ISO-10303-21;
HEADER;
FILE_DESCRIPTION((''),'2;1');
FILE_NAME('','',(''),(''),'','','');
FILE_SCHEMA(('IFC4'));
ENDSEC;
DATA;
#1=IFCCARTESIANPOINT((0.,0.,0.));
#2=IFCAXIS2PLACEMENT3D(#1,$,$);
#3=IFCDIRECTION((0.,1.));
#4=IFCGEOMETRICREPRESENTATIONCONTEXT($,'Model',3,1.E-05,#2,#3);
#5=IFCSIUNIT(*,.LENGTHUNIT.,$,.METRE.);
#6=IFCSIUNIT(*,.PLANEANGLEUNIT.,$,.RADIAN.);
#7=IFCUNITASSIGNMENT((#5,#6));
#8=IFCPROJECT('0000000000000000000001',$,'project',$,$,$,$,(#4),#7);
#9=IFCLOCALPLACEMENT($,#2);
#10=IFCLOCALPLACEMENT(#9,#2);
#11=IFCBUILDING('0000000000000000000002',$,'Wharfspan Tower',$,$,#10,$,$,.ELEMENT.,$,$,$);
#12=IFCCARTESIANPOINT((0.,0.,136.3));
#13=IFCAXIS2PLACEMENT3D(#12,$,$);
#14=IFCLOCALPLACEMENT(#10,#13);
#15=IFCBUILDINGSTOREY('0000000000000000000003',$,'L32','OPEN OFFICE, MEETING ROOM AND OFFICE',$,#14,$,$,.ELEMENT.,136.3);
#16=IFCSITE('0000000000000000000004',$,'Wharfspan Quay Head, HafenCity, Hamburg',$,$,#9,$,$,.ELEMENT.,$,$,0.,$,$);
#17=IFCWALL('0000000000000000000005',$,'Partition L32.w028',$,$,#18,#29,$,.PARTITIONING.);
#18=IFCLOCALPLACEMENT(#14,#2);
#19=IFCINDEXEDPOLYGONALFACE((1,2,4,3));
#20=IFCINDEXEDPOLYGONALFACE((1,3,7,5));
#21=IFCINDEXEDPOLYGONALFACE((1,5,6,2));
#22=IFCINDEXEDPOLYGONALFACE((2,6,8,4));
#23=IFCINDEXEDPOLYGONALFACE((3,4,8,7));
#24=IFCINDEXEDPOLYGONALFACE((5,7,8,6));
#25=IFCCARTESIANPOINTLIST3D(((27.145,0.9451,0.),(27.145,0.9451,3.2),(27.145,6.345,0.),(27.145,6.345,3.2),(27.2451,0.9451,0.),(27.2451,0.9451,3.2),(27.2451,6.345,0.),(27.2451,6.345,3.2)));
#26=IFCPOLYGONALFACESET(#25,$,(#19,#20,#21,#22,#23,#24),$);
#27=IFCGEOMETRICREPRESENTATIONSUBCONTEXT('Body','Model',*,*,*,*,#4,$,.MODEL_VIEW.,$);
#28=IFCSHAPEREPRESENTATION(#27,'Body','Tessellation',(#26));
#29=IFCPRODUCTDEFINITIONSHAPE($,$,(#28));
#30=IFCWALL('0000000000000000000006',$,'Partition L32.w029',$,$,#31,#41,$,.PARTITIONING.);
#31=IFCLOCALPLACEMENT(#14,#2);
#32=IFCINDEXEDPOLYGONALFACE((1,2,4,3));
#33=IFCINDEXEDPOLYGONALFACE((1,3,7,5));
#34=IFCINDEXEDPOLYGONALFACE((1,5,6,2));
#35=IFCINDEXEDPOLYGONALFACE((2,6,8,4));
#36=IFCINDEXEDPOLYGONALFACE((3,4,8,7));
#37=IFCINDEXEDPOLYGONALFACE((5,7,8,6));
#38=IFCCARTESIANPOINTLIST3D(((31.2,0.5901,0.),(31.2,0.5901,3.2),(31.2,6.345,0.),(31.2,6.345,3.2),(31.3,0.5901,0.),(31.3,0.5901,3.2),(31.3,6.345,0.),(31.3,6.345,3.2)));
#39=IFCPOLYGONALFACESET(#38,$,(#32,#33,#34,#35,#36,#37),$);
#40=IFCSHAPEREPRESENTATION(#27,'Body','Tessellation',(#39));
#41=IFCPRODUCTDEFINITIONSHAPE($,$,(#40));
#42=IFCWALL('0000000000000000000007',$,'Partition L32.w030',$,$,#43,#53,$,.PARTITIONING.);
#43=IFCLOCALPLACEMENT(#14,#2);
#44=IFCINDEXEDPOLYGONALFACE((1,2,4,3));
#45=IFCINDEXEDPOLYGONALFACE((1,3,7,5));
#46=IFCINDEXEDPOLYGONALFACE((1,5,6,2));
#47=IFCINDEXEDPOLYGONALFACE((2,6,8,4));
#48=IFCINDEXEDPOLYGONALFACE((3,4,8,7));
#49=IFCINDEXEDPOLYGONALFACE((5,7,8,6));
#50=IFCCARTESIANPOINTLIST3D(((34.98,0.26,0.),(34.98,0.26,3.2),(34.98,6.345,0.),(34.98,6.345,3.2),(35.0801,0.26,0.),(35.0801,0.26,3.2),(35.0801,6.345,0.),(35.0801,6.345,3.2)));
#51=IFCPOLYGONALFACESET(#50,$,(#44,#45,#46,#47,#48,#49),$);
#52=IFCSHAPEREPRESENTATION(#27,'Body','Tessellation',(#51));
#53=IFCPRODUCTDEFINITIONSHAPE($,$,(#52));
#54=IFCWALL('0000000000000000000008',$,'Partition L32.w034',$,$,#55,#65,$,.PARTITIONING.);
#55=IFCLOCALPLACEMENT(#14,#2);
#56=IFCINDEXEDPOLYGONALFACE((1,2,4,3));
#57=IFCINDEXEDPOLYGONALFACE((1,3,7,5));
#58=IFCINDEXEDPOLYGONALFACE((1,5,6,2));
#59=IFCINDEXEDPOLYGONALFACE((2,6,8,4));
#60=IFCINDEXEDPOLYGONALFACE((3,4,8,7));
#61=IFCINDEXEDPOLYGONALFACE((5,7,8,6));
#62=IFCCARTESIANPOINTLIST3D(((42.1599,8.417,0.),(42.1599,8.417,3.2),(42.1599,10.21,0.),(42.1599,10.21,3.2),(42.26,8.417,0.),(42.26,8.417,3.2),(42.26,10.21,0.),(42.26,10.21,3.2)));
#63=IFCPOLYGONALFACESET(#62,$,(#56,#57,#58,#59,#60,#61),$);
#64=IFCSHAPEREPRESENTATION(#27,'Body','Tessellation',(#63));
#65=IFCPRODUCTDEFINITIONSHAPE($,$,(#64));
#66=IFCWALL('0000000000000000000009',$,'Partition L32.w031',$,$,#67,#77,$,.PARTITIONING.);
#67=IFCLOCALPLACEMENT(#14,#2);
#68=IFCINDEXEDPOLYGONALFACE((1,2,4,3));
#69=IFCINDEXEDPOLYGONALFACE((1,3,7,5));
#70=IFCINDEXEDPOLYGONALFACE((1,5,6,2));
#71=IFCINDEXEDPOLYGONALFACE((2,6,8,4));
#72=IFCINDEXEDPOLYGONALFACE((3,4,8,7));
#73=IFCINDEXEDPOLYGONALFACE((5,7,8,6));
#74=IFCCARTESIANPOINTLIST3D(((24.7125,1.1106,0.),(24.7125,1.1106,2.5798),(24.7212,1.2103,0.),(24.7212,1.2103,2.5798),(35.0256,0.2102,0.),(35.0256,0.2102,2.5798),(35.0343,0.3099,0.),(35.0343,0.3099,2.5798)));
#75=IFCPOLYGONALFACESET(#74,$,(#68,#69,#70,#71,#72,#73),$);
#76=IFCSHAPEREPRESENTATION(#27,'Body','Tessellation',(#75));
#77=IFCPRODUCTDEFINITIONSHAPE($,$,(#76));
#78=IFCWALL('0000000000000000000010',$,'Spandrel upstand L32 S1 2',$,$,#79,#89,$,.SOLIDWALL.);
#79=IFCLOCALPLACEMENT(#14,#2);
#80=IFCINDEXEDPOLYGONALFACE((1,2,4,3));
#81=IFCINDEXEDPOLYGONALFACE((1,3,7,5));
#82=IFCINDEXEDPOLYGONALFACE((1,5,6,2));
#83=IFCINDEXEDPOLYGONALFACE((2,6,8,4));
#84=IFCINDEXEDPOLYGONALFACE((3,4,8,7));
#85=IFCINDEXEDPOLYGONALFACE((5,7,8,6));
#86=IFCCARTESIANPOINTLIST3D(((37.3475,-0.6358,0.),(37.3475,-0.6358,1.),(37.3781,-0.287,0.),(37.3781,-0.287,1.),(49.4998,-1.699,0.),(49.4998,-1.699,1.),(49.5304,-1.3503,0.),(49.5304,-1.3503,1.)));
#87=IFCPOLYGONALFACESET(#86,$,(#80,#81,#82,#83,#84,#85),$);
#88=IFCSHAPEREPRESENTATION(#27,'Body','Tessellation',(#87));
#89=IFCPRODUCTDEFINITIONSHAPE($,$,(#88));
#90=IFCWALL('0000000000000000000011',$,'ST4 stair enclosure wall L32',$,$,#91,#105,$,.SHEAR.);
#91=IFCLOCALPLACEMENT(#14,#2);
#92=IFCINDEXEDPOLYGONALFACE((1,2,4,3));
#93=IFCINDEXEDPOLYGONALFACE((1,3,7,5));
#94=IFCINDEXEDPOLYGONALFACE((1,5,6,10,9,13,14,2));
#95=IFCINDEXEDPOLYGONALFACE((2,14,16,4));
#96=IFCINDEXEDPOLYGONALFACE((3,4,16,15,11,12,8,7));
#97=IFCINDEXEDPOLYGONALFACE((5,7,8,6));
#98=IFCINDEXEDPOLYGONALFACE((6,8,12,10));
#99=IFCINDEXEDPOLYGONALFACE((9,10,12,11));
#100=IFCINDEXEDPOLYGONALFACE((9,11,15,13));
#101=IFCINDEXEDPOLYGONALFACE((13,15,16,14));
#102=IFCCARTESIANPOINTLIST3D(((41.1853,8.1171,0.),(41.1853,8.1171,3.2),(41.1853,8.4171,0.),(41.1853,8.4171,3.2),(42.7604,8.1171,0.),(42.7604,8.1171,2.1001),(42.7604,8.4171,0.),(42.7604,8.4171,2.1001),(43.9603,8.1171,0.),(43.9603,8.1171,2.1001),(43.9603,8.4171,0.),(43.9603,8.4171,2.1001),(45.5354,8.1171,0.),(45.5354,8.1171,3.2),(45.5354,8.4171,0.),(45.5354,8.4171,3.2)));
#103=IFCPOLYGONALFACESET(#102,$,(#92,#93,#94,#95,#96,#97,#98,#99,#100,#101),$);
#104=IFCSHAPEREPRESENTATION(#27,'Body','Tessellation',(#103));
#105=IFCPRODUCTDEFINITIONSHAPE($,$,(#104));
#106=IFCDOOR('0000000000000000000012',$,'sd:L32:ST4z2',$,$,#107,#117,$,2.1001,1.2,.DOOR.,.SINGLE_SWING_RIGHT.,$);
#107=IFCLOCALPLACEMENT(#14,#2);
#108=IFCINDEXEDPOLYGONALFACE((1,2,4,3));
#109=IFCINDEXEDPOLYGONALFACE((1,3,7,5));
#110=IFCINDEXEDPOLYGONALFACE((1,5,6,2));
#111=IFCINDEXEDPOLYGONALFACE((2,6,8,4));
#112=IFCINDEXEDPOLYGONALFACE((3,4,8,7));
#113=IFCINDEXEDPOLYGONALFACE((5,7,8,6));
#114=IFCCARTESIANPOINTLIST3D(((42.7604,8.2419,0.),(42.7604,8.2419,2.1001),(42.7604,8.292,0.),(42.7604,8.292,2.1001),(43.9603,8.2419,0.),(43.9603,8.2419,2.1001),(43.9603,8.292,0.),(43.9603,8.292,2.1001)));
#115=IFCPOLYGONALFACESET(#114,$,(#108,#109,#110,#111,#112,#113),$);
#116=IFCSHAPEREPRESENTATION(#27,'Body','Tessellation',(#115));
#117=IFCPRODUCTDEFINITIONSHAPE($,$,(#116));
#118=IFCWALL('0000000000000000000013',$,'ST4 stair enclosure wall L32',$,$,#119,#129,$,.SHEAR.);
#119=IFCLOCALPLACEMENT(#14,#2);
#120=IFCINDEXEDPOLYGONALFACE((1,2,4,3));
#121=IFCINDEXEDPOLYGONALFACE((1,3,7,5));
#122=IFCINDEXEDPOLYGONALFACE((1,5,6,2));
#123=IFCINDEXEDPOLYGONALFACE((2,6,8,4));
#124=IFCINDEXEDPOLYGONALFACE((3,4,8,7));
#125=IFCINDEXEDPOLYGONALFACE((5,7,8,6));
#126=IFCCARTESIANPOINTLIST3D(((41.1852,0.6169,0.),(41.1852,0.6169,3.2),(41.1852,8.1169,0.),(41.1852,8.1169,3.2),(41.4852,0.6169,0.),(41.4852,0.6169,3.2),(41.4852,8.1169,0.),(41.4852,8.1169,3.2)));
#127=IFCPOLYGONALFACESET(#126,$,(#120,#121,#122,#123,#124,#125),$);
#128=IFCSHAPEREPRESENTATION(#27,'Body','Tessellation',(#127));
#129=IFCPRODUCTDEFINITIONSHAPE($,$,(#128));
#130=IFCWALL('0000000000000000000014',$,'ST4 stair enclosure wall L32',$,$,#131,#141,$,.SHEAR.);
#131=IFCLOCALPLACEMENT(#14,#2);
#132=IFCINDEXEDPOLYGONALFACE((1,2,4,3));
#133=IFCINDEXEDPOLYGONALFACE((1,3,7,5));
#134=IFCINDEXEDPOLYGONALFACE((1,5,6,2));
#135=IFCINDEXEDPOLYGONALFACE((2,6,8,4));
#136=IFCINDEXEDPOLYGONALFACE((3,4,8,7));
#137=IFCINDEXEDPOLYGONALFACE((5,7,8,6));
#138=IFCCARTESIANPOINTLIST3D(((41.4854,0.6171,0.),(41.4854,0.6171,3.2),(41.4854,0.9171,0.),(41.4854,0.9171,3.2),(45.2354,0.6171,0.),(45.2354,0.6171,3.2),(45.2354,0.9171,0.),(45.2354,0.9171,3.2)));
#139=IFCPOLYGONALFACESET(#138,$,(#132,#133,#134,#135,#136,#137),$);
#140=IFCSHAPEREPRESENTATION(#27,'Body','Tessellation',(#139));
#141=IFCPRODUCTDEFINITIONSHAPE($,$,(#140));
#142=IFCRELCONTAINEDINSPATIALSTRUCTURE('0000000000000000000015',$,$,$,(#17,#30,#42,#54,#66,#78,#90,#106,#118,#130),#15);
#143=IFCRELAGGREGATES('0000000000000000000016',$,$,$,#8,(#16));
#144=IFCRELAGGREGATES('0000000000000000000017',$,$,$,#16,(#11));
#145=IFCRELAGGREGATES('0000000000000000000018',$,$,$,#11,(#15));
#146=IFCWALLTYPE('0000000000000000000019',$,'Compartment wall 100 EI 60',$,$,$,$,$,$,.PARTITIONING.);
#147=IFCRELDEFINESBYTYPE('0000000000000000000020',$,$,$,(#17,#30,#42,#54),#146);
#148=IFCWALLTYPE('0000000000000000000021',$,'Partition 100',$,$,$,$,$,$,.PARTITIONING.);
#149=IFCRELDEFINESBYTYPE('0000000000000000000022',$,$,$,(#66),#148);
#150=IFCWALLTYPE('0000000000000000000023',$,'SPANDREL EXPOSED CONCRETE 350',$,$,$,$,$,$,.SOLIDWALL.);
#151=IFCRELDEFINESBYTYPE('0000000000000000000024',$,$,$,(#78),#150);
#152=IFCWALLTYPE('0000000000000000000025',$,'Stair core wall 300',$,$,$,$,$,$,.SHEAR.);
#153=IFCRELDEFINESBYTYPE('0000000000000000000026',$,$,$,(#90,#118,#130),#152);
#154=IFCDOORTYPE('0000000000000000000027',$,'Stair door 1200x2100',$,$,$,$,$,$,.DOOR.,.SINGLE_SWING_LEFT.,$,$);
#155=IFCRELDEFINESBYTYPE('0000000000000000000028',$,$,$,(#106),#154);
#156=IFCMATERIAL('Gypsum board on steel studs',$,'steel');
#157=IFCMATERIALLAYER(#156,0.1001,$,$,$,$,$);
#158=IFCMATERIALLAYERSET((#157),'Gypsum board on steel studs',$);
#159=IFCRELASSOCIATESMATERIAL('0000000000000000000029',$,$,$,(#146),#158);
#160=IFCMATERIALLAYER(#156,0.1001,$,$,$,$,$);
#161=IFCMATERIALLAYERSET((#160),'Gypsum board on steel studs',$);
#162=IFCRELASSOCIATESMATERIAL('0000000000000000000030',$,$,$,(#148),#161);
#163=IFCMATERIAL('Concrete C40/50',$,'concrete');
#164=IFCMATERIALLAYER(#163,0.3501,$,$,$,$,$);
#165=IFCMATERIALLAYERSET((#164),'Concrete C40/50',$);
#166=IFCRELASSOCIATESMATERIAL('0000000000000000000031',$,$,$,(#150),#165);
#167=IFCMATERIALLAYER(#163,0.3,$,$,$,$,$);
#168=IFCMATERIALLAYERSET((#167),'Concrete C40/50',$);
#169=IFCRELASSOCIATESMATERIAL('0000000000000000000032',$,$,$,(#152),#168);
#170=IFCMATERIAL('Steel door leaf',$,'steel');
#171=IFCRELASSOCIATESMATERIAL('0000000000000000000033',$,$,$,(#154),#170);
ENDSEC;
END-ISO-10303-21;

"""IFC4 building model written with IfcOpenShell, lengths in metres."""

from ifc_helpers import new_model, si_unit, direction, frame, frame_2d, origin, place, context, subcontext, project, spatial, rectangle, extrude, material, layer, layer_set, type_object, element, fill, save


model = new_model("IFC4")

# Units and contexts
model_context = context("Model", 3, precision=1e-05, world=origin(), true_north=direction((0.0, 1.0)))
body_context = subcontext(model_context, "Body", "Model", "MODEL_VIEW")
ifc_project = project(units=[si_unit("LENGTHUNIT", "METRE"), si_unit("PLANEANGLEUNIT", "RADIAN")], contexts=[model_context])

# Site, building, storey
site_placement = place(None, origin())
site = spatial("IfcSite", under=ifc_project, at=site_placement, Name="Wharfspan Quay Head, HafenCity, Hamburg", CompositionType="ELEMENT", RefElevation=0.0)
building_placement = place(site_placement, origin())
building = spatial("IfcBuilding", under=site, at=building_placement, Name="Wharfspan Tower", CompositionType="ELEMENT")
storey_placement = place(building_placement, frame((0.0, 0.0, 136.3)))
storey = spatial("IfcBuildingStorey", under=building, at=storey_placement, Name="L32", Description="OPEN OFFICE, MEETING ROOM AND OFFICE", CompositionType="ELEMENT", Elevation=136.3)

# Walls
ifc_material_1 = material(Name="Gypsum board on steel studs", Category="steel")
ifc_layer_1 = layer(ifc_material_1, 0.1001)
ifc_layer_set_1 = layer_set([ifc_layer_1], Name="Gypsum board on steel studs")
wall_type_1 = type_object("IfcWallType", Name="Compartment wall 100 EI 60", PredefinedType="PARTITIONING", material=ifc_layer_set_1)
wall_1_placement = place(storey_placement, frame((27.1951, 0.9451, 0.0), z_axis=(0.0, 0.0, 1.0), x_axis=(0.0, 1.0, 0.0)))
element("IfcWall", 1, at=wall_1_placement, inside=storey, type_object=wall_type_1, Name="Partition L32.w028", PredefinedType="PARTITIONING", context=body_context, shape_type="SweptSolid", body=[
    extrude(rectangle(XDim=5.3999, YDim=0.1001, at=frame_2d((2.7, 0.0))), origin(), (0.0, 0.0, 1.0), 3.2),
])
wall_2_placement = place(storey_placement, frame((31.25, 0.5901, 0.0), z_axis=(0.0, 0.0, 1.0), x_axis=(0.0, 1.0, 0.0)))
element("IfcWall", 2, at=wall_2_placement, inside=storey, type_object=wall_type_1, Name="Partition L32.w029", PredefinedType="PARTITIONING", context=body_context, shape_type="SweptSolid", body=[
    extrude(rectangle(XDim=5.7549, YDim=0.1001, at=frame_2d((2.8774, 0.0))), origin(), (0.0, 0.0, 1.0), 3.2),
])
wall_3_placement = place(storey_placement, frame((35.03, 0.26, 0.0), z_axis=(0.0, 0.0, 1.0), x_axis=(0.0, 1.0, 0.0)))
element("IfcWall", 3, at=wall_3_placement, inside=storey, type_object=wall_type_1, Name="Partition L32.w030", PredefinedType="PARTITIONING", context=body_context, shape_type="SweptSolid", body=[
    extrude(rectangle(XDim=6.085, YDim=0.1001, at=frame_2d((3.0425, 0.0))), origin(), (0.0, 0.0, 1.0), 3.2),
])
wall_4_placement = place(storey_placement, frame((42.21, 8.417, 0.0), z_axis=(0.0, 0.0, 1.0), x_axis=(0.0, 1.0, 0.0)))
element("IfcWall", 4, at=wall_4_placement, inside=storey, type_object=wall_type_1, Name="Partition L32.w034", PredefinedType="PARTITIONING", context=body_context, shape_type="SweptSolid", body=[
    extrude(rectangle(XDim=1.793, YDim=0.1001, at=frame_2d((0.8965, 0.0))), origin(), (0.0, 0.0, 1.0), 3.2),
])
ifc_layer_2 = layer(ifc_material_1, 0.1001)
ifc_layer_set_2 = layer_set([ifc_layer_2], Name="Gypsum board on steel studs")
wall_type_2 = type_object("IfcWallType", Name="Partition 100", PredefinedType="PARTITIONING", material=ifc_layer_set_2)
wall_5_placement = place(storey_placement, frame((35.03, 0.26, 0.0), z_axis=(0.0, 0.0, 1.0), x_axis=(-0.996214, 0.086976, 0.0)))
element("IfcWall", 5, at=wall_5_placement, inside=storey, type_object=wall_type_2, Name="Partition L32.w031", PredefinedType="PARTITIONING", context=body_context, shape_type="SweptSolid", body=[
    extrude(rectangle(XDim=10.3523, YDim=0.1001, at=frame_2d((5.1763, 0.0))), origin(), (0.0, 0.0, 1.0), 2.5798),
])
ifc_material_2 = material(Name="Concrete C40/50", Category="concrete")
ifc_layer_3 = layer(ifc_material_2, 0.3501)
ifc_layer_set_3 = layer_set([ifc_layer_3], Name="Concrete C40/50")
wall_type_3 = type_object("IfcWallType", Name="SPANDREL EXPOSED CONCRETE 350", PredefinedType="SOLIDWALL", material=ifc_layer_set_3)
wall_6_placement = place(storey_placement, frame((37.3628, -0.4614, 0.0), z_axis=(0.0, 0.0, 1.0), x_axis=(0.996194, -0.087159, 0.0)))
element("IfcWall", 6, at=wall_6_placement, inside=storey, type_object=wall_type_3, Name="Spandrel upstand L32 S1 2", PredefinedType="SOLIDWALL", context=body_context, shape_type="SweptSolid", body=[
    extrude(rectangle(XDim=12.1987, YDim=0.3501, at=frame_2d((6.0994, 0.0))), origin(), (0.0, 0.0, 1.0), 1.0),
])

# Wall, opening, door
ifc_layer_4 = layer(ifc_material_2, 0.3)
ifc_layer_set_4 = layer_set([ifc_layer_4], Name="Concrete C40/50")
wall_type_4 = type_object("IfcWallType", Name="Stair core wall 300", PredefinedType="SHEAR", material=ifc_layer_set_4)
wall_7_placement = place(storey_placement, frame((41.1853, 8.2671, 0.0), z_axis=(0.0, 0.0, 1.0), x_axis=(1.0, 0.0, 0.0)))
wall_7 = element("IfcWall", 7, at=wall_7_placement, inside=storey, type_object=wall_type_4, Name="ST4 stair enclosure wall L32", PredefinedType="SHEAR", context=body_context, shape_type="SweptSolid", body=[
    extrude(rectangle(XDim=4.3501, YDim=0.3, at=frame_2d((2.175, 0.0))), origin(), (0.0, 0.0, 1.0), 3.2),
])
opening_placement = place(wall_7_placement, frame((1.575, 0.0, 0.0)))
opening = element("IfcOpeningElement", 8, at=opening_placement, cuts=wall_7, PredefinedType="OPENING", context=body_context, shape_type="SweptSolid", body=[
    extrude(rectangle(XDim=1.2, YDim=2.1001, at=frame_2d((0.6001, 1.05))), frame((0.0, 0.1599, 0.0), z_axis=(0.0, -1.0, 0.0), x_axis=(1.0, 0.0, 0.0)), (0.0, 0.0, 1.0), 0.3201),
])
ifc_material_3 = material(Name="Steel door leaf", Category="steel")
door_type = type_object("IfcDoorType", Name="Stair door 1200x2100", OperationType="SINGLE_SWING_LEFT", PredefinedType="DOOR", material=ifc_material_3)
door_placement = place(opening_placement, origin())
door = element("IfcDoor", 9, at=door_placement, inside=storey, type_object=door_type, Name="sd:L32:ST4z2", OperationType="SINGLE_SWING_RIGHT", OverallHeight=2.1001, OverallWidth=1.2, PredefinedType="DOOR", context=body_context, shape_type="SweptSolid", body=[
    extrude(rectangle(XDim=1.2, YDim=2.1001, at=frame_2d((0.6001, 1.05))), frame((0.0, 0.0249, 0.0), z_axis=(0.0, -1.0, 0.0), x_axis=(1.0, 0.0, 0.0)), (0.0, 0.0, 1.0), 0.05),
])
fill(opening, door)

# Walls
wall_8_placement = place(storey_placement, frame((41.3352, 0.6169, 0.0), z_axis=(0.0, 0.0, 1.0), x_axis=(0.0, 1.0, 0.0)))
element("IfcWall", 10, at=wall_8_placement, inside=storey, type_object=wall_type_4, Name="ST4 stair enclosure wall L32", PredefinedType="SHEAR", context=body_context, shape_type="SweptSolid", body=[
    extrude(rectangle(XDim=7.5, YDim=0.3, at=frame_2d((3.75, 0.0))), origin(), (0.0, 0.0, 1.0), 3.2),
])
wall_9_placement = place(storey_placement, frame((41.4854, 0.7671, 0.0), z_axis=(0.0, 0.0, 1.0), x_axis=(1.0, 0.0, 0.0)))
element("IfcWall", 11, at=wall_9_placement, inside=storey, type_object=wall_type_4, Name="ST4 stair enclosure wall L32", PredefinedType="SHEAR", context=body_context, shape_type="SweptSolid", body=[
    extrude(rectangle(XDim=3.75, YDim=0.3, at=frame_2d((1.875, 0.0))), origin(), (0.0, 0.0, 1.0), 3.2),
])

save(model, "model.ifc")
